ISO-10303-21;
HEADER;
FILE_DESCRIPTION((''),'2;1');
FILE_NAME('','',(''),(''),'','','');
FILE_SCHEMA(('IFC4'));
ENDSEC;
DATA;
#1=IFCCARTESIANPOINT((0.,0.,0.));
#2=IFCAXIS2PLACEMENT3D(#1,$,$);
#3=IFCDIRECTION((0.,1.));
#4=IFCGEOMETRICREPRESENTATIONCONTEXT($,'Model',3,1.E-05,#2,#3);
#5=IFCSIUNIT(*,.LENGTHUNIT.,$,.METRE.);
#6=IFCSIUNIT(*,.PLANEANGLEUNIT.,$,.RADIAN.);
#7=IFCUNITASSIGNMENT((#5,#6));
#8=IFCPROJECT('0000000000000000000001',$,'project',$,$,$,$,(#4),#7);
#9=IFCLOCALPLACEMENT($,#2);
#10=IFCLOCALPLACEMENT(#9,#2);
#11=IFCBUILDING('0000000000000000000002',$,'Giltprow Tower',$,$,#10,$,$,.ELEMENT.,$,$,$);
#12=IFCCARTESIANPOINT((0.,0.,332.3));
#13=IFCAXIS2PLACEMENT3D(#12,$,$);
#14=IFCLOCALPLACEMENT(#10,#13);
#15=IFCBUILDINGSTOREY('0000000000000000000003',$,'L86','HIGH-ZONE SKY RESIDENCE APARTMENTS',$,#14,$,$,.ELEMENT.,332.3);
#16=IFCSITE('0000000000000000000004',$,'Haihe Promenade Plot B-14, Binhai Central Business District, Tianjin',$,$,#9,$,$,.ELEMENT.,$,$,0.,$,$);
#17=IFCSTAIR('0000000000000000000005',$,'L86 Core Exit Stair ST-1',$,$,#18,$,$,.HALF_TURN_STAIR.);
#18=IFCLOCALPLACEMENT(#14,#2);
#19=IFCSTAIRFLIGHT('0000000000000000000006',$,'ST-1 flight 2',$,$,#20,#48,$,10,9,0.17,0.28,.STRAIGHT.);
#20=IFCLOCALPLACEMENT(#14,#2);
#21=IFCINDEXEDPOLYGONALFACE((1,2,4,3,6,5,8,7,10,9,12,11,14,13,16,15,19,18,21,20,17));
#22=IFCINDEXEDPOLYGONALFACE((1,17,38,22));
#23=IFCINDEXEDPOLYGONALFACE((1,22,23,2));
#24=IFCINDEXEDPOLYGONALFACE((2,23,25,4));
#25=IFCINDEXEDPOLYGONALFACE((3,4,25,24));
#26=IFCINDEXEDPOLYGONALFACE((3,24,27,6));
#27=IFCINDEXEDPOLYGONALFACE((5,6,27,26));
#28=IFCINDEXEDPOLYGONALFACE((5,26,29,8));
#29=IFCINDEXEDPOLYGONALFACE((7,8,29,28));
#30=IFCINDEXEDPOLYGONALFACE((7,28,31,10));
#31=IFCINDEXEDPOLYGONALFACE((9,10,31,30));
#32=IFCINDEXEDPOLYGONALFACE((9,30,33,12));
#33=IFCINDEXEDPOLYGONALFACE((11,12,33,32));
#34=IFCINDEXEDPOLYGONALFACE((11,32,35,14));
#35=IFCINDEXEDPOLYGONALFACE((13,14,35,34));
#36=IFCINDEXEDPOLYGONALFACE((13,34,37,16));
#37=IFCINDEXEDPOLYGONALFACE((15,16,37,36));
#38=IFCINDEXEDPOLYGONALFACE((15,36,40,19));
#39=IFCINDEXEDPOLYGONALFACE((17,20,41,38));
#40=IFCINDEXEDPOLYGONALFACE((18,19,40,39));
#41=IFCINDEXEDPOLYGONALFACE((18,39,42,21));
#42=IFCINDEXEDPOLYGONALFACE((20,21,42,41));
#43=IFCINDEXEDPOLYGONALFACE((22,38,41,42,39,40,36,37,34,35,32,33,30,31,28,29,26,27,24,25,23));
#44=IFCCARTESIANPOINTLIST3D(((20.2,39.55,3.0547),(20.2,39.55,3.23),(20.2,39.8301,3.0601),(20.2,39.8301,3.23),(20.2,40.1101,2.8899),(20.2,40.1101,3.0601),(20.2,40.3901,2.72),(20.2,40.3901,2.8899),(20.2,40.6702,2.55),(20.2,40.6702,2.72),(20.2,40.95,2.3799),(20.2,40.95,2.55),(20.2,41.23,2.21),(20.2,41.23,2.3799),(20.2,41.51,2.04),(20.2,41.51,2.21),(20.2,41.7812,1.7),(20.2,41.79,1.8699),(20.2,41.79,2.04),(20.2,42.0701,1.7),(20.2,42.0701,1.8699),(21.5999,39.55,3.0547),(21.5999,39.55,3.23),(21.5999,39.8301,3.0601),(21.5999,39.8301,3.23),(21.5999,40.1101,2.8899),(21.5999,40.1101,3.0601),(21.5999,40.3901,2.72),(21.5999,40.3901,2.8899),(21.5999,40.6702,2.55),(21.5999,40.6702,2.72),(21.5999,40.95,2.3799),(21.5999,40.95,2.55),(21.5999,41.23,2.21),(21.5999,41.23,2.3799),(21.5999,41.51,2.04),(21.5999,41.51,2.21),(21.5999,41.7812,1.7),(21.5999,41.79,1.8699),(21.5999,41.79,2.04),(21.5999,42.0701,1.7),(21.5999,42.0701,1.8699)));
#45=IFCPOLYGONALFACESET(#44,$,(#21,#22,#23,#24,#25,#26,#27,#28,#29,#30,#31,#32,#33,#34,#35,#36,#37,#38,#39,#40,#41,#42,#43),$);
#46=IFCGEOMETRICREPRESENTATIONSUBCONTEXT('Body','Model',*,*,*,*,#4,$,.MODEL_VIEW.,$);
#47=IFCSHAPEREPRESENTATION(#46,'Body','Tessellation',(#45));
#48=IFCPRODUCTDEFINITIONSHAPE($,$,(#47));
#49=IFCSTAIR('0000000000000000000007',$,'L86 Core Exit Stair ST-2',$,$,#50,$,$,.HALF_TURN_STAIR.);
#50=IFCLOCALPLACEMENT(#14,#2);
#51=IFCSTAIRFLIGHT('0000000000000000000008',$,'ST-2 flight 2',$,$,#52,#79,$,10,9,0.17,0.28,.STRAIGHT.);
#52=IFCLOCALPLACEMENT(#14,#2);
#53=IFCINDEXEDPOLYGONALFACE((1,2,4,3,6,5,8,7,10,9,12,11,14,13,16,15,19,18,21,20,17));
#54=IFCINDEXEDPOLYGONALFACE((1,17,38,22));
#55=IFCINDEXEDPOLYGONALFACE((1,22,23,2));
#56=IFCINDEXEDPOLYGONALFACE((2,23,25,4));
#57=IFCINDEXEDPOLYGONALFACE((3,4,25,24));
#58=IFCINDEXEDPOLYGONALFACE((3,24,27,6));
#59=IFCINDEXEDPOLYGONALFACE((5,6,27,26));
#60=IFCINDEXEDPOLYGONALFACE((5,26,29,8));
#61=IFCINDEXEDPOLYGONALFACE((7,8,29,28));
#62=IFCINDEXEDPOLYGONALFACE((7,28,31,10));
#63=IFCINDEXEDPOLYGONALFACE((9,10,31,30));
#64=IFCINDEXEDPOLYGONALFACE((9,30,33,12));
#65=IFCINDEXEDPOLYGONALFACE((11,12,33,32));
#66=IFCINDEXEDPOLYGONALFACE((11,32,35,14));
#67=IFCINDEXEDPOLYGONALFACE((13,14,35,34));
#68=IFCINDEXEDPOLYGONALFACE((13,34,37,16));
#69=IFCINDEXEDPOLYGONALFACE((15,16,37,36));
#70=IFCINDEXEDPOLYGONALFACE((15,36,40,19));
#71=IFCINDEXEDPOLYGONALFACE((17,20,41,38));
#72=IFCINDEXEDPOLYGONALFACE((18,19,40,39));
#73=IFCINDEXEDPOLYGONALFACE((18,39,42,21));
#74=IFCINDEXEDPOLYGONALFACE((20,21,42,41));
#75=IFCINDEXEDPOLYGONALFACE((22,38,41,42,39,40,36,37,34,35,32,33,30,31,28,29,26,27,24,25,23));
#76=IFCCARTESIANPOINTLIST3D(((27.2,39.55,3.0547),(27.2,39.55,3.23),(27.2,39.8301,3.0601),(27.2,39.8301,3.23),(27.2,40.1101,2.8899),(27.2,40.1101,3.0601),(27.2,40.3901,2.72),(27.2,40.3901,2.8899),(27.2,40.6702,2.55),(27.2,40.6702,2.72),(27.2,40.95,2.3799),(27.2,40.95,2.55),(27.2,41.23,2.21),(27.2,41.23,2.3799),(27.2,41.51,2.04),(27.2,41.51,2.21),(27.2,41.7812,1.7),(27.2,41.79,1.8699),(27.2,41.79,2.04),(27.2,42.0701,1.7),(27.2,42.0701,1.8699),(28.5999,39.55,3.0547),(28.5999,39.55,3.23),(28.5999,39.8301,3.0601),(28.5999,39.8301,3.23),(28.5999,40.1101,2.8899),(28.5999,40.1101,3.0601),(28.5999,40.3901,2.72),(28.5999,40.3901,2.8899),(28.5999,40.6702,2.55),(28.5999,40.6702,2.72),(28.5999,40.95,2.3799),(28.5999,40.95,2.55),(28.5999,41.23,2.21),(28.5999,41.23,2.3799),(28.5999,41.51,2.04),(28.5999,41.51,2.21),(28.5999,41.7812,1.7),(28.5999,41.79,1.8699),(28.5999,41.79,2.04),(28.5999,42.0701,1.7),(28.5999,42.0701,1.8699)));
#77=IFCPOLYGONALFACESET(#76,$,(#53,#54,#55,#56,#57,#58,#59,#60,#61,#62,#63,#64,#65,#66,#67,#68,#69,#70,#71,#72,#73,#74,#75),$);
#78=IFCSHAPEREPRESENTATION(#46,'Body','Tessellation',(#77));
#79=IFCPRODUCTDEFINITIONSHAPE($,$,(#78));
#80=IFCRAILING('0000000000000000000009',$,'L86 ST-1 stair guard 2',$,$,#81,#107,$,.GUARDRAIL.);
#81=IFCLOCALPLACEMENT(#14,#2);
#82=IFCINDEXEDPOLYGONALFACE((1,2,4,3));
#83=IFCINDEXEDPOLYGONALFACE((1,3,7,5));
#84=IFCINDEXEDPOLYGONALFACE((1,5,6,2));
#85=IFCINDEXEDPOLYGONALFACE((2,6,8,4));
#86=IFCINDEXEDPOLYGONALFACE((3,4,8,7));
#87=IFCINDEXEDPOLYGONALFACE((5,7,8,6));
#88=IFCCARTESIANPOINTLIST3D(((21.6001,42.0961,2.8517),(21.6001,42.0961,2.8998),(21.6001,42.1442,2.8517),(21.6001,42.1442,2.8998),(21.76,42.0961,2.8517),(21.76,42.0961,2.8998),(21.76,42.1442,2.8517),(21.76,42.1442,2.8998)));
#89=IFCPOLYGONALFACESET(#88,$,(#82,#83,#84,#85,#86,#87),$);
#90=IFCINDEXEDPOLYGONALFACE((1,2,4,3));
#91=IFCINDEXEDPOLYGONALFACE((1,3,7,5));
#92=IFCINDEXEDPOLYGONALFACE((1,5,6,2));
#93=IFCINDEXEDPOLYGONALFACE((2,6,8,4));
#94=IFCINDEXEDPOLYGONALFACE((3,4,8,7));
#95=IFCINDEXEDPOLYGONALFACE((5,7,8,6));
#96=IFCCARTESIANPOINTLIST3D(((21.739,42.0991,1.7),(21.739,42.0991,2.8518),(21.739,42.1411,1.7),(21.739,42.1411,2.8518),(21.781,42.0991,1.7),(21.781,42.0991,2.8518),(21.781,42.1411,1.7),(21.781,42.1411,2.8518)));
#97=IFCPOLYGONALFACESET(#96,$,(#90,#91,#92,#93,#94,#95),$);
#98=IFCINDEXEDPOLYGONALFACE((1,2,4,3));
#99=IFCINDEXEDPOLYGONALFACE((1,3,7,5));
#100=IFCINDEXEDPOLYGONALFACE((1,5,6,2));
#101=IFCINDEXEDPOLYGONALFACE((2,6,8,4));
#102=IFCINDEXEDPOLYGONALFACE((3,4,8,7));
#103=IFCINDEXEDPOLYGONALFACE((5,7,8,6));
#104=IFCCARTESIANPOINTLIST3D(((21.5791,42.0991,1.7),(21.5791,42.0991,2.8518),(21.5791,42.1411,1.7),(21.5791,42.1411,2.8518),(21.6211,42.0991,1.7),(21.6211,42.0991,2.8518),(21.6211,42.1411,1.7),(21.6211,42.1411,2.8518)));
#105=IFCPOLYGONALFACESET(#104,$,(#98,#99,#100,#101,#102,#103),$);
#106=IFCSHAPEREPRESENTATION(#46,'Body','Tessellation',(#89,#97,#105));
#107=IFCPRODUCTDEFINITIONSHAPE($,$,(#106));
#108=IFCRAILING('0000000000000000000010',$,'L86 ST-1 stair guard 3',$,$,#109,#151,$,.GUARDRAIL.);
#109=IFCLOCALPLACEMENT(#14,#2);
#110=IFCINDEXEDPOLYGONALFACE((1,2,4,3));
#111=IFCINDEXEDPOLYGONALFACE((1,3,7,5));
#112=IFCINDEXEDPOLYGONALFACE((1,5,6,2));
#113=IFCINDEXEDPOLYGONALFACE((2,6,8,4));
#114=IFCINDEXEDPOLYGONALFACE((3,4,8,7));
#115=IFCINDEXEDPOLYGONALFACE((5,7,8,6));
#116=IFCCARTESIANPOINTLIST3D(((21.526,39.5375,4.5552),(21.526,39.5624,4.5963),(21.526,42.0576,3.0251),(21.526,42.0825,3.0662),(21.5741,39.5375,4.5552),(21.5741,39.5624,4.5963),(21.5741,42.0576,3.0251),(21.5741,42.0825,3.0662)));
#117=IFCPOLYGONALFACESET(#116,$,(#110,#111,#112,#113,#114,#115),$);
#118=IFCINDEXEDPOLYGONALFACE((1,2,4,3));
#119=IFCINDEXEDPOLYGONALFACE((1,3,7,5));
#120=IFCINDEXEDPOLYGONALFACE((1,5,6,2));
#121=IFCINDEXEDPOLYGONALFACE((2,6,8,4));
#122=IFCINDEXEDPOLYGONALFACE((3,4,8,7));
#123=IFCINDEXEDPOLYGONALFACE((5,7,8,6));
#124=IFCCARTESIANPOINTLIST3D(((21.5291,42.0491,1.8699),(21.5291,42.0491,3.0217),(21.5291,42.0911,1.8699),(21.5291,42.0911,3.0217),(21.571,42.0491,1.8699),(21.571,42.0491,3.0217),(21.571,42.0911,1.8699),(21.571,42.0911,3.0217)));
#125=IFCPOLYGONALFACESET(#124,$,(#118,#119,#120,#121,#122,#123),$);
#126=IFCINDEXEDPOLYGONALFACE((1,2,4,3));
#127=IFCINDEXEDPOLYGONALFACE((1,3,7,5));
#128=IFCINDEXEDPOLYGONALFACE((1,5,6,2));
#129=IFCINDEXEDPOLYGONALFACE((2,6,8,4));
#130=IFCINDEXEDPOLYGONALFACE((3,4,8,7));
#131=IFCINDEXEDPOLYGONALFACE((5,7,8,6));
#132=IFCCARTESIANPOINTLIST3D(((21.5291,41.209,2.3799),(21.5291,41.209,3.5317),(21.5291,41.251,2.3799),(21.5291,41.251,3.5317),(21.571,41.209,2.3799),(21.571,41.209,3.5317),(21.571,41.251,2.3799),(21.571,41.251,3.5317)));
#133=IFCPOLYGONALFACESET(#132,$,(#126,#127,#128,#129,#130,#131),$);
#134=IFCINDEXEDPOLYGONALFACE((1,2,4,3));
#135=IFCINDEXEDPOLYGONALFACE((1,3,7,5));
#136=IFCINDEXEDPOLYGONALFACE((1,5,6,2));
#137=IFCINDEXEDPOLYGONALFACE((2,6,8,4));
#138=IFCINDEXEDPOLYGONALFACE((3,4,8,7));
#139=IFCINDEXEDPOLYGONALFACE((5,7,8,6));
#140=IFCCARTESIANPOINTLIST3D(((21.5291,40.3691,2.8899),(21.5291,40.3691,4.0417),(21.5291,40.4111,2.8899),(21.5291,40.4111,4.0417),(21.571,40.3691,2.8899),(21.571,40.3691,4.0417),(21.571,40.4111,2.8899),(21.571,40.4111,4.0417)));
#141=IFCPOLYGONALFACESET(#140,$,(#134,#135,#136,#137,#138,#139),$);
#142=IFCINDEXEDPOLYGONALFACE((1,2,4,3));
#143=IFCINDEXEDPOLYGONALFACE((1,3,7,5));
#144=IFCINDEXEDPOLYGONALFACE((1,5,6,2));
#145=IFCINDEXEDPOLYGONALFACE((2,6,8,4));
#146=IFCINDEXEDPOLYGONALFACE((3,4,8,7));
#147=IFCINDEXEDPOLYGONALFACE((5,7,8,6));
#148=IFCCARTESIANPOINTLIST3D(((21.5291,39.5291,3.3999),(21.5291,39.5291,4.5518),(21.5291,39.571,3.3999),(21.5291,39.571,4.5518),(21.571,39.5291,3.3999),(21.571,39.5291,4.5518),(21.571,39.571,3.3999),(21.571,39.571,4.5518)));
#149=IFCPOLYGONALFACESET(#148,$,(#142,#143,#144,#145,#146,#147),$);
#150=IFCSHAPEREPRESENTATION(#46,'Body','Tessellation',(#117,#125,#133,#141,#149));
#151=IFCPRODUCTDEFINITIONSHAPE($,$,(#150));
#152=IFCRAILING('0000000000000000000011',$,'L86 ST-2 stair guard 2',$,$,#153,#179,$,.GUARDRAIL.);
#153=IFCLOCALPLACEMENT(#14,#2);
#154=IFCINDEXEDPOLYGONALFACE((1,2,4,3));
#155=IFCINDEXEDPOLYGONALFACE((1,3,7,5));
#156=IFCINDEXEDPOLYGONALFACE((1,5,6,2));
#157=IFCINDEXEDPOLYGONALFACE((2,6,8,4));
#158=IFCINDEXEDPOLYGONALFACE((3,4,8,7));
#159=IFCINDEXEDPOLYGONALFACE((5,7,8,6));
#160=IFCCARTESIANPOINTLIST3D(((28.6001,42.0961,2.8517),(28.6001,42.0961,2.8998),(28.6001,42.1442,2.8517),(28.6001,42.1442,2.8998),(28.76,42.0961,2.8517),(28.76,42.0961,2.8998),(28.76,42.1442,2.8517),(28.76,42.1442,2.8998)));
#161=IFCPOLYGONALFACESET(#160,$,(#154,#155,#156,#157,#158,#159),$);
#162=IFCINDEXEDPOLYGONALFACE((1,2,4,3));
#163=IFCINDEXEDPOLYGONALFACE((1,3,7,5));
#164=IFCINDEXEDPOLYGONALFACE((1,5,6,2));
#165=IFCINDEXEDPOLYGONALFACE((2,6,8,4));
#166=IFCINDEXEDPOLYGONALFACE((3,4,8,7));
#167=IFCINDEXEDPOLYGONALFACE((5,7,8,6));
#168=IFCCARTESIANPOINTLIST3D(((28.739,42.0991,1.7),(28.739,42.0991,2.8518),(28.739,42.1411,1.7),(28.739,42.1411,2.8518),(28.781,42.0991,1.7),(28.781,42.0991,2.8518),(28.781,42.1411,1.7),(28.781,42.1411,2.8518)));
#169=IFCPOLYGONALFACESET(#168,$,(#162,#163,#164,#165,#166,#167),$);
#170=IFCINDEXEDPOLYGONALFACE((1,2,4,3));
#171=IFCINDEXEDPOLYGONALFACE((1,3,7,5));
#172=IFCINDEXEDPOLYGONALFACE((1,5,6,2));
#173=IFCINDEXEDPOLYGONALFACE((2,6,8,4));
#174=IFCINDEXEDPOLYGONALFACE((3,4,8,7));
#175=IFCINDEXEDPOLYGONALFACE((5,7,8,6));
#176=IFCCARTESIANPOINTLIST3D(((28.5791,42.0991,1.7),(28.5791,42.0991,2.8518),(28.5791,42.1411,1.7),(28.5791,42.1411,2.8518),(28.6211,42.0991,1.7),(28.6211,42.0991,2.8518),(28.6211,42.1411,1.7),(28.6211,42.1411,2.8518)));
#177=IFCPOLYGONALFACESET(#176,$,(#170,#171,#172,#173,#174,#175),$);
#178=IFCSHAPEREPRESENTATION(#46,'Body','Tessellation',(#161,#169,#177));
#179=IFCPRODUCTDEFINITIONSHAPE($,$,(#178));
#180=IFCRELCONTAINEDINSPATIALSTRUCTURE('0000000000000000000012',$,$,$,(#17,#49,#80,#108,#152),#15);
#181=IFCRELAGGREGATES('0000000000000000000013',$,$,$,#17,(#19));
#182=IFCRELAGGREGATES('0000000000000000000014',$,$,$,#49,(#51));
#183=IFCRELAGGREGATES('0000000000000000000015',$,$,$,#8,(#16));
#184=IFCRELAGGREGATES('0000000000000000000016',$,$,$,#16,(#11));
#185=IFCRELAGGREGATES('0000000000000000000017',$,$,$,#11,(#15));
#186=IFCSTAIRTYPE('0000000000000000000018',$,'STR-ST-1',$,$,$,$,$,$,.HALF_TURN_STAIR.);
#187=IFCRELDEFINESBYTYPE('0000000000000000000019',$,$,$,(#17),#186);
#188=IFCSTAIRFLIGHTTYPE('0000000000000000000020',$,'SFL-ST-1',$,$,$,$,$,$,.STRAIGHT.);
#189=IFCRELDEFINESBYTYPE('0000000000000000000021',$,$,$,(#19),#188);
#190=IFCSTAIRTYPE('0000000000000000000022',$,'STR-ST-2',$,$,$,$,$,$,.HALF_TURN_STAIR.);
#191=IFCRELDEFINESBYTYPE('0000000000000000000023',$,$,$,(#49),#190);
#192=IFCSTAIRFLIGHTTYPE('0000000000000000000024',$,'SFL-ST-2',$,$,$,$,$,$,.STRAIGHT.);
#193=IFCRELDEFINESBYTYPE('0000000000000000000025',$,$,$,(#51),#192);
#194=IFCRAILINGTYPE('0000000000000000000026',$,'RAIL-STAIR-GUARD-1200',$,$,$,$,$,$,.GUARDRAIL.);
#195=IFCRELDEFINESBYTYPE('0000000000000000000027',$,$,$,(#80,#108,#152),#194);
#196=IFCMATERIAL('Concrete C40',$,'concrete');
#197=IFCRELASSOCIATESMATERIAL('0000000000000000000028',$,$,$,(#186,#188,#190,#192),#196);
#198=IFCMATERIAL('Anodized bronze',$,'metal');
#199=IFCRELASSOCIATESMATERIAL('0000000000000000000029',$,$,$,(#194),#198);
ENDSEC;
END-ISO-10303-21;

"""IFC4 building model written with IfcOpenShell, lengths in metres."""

from ifc_helpers import new_model, si_unit, direction, frame, origin, origin_2d, place, context, subcontext, project, spatial, polyline, rectangle, outline, extrude, material, type_object, element, aggregate, save


model = new_model("IFC4")

# Units and contexts
model_context = context("Model", 3, precision=1e-05, world=origin(), true_north=direction((0.0, 1.0)))
body_context = subcontext(model_context, "Body", "Model", "MODEL_VIEW")
ifc_project = project(units=[si_unit("LENGTHUNIT", "METRE"), si_unit("PLANEANGLEUNIT", "RADIAN")], contexts=[model_context])

# Site, building, storey
site_placement = place(None, origin())
site = spatial("IfcSite", under=ifc_project, at=site_placement, Name="Haihe Promenade Plot B-14, Binhai Central Business District, Tianjin", CompositionType="ELEMENT", RefElevation=0.0)
building_placement = place(site_placement, origin())
building = spatial("IfcBuilding", under=site, at=building_placement, Name="Giltprow Tower", CompositionType="ELEMENT")
storey_placement = place(building_placement, frame((0.0, 0.0, 332.3)))
storey = spatial("IfcBuildingStorey", under=building, at=storey_placement, Name="L86", Description="HIGH-ZONE SKY RESIDENCE APARTMENTS", CompositionType="ELEMENT", Elevation=332.3)

# Shared definitions
ifc_material_1 = material(Name="Concrete C40", Category="concrete")

# Stairs, stair flights
stair_type_1 = type_object("IfcStairType", Name="STR-ST-1", PredefinedType="HALF_TURN_STAIR", material=ifc_material_1)
stair_1_placement = place(storey_placement, origin())
stair_1 = element("IfcStair", 1, at=stair_1_placement, inside=storey, type_object=stair_type_1, Name="L86 Core Exit Stair ST-1", PredefinedType="HALF_TURN_STAIR")
stair_flight_type_1 = type_object("IfcStairFlightType", Name="SFL-ST-1", PredefinedType="STRAIGHT", material=ifc_material_1)
stair_flight_1_placement = place(storey_placement, frame((20.8999, 42.0701, 1.7), z_axis=(0.0, 0.0, 1.0), x_axis=(0.0, -1.0, 0.0)))
stair_flight_1 = element("IfcStairFlight", 2, at=stair_flight_1_placement, type_object=stair_flight_type_1, Name="ST-1 flight 2", NumberOfRisers=10, NumberOfTreads=9, PredefinedType="STRAIGHT", RiserHeight=0.17, TreadLength=0.28, context=body_context, shape_type="SweptSolid", body=[
    extrude(outline(polyline([(0.0, 0.0), (0.0, 0.1699), (0.28, 0.1699), (0.28, 0.3401), (0.5601, 0.3401), (0.5601, 0.51), (0.8401, 0.51), (0.8401, 0.6799), (1.1201, 0.6799), (1.1201, 0.8501), (1.3999, 0.8501), (1.3999, 1.02), (1.6799, 1.02), (1.6799, 1.1899), (1.96, 1.1899), (1.96, 1.3601), (2.24, 1.3601), (2.24, 1.53), (2.52, 1.53), (2.52, 1.7), (2.52, 1.3547), (0.2888, 0.0), (0.0, 0.0)])), frame((0.0, 0.7, 0.0), z_axis=(0.0, -1.0, 0.0), x_axis=(1.0, 0.0, 0.0)), (0.0, 0.0, 1.0), 1.3999),
])
aggregate(stair_1, [stair_flight_1])
stair_type_2 = type_object("IfcStairType", Name="STR-ST-2", PredefinedType="HALF_TURN_STAIR", material=ifc_material_1)
stair_2_placement = place(storey_placement, origin())
stair_2 = element("IfcStair", 3, at=stair_2_placement, inside=storey, type_object=stair_type_2, Name="L86 Core Exit Stair ST-2", PredefinedType="HALF_TURN_STAIR")
stair_flight_type_2 = type_object("IfcStairFlightType", Name="SFL-ST-2", PredefinedType="STRAIGHT", material=ifc_material_1)
stair_flight_2_placement = place(storey_placement, frame((27.8999, 42.0701, 1.7), z_axis=(0.0, 0.0, 1.0), x_axis=(0.0, -1.0, 0.0)))
stair_flight_2 = element("IfcStairFlight", 4, at=stair_flight_2_placement, type_object=stair_flight_type_2, Name="ST-2 flight 2", NumberOfRisers=10, NumberOfTreads=9, PredefinedType="STRAIGHT", RiserHeight=0.17, TreadLength=0.28, context=body_context, shape_type="SweptSolid", body=[
    extrude(outline(polyline([(0.0, 0.0), (0.0, 0.1699), (0.28, 0.1699), (0.28, 0.3401), (0.5601, 0.3401), (0.5601, 0.51), (0.8401, 0.51), (0.8401, 0.6799), (1.1201, 0.6799), (1.1201, 0.8501), (1.3999, 0.8501), (1.3999, 1.02), (1.6799, 1.02), (1.6799, 1.1899), (1.96, 1.1899), (1.96, 1.3601), (2.24, 1.3601), (2.24, 1.53), (2.52, 1.53), (2.52, 1.7), (2.52, 1.3547), (0.2888, 0.0), (0.0, 0.0)])), frame((0.0, 0.7, 0.0), z_axis=(0.0, -1.0, 0.0), x_axis=(1.0, 0.0, 0.0)), (0.0, 0.0, 1.0), 1.3999),
])
aggregate(stair_2, [stair_flight_2])

# Railings
ifc_material_2 = material(Name="Anodized bronze", Category="metal")
railing_type_1 = type_object("IfcRailingType", Name="RAIL-STAIR-GUARD-1200", PredefinedType="GUARDRAIL", material=ifc_material_2)
railing_1_placement = place(storey_placement, frame((21.76, 42.1201, 1.7)))
element("IfcRailing", 5, at=railing_1_placement, inside=storey, type_object=railing_type_1, Name="L86 ST-1 stair guard 2", PredefinedType="GUARDRAIL", context=body_context, shape_type="SweptSolid", body=[
    extrude(rectangle(XDim=0.0481, YDim=0.0481, at=origin_2d()), frame((0.0, 0.0, 1.1758), z_axis=(-1.0, 0.0, 0.0), x_axis=(0.0, -1.0, 0.0)), (0.0, 0.0, 1.0), 0.1599),
    extrude(rectangle(XDim=0.042, YDim=0.042, at=origin_2d()), origin(), (0.0, 0.0, 1.0), 1.1519),
    extrude(rectangle(XDim=0.042, YDim=0.042, at=origin_2d()), frame((-0.1599, 0.0, 0.0)), (0.0, 0.0, 1.0), 1.1519),
])
railing_2_placement = place(storey_placement, frame((21.55, 42.0701, 1.8699)))
element("IfcRailing", 6, at=railing_2_placement, inside=storey, type_object=railing_type_1, Name="L86 ST-1 stair guard 3", PredefinedType="GUARDRAIL", context=body_context, shape_type="SweptSolid", body=[
    extrude(rectangle(XDim=0.0481, YDim=0.0481, at=origin_2d()), frame((0.0, 0.0, 1.1758), z_axis=(0.0, -0.854785, 0.518982), x_axis=(1.0, 0.0, 0.0)), (0.0, 0.0, 1.0), 2.9482),
    extrude(rectangle(XDim=0.042, YDim=0.042, at=origin_2d()), origin(), (0.0, 0.0, 1.0), 1.1519),
    extrude(rectangle(XDim=0.042, YDim=0.042, at=origin_2d()), frame((0.0, -0.8401, 0.51)), (0.0, 0.0, 1.0), 1.1519),
    extrude(rectangle(XDim=0.042, YDim=0.042, at=origin_2d()), frame((0.0, -1.6799, 1.02)), (0.0, 0.0, 1.0), 1.1519),
    extrude(rectangle(XDim=0.042, YDim=0.042, at=origin_2d()), frame((0.0, -2.52, 1.53)), (0.0, 0.0, 1.0), 1.1519),
])
railing_3_placement = place(storey_placement, frame((28.76, 42.1201, 1.7)))
element("IfcRailing", 7, at=railing_3_placement, inside=storey, type_object=railing_type_1, Name="L86 ST-2 stair guard 2", PredefinedType="GUARDRAIL", context=body_context, shape_type="SweptSolid", body=[
    extrude(rectangle(XDim=0.0481, YDim=0.0481, at=origin_2d()), frame((0.0, 0.0, 1.1758), z_axis=(-1.0, 0.0, 0.0), x_axis=(0.0, -1.0, 0.0)), (0.0, 0.0, 1.0), 0.1599),
    extrude(rectangle(XDim=0.042, YDim=0.042, at=origin_2d()), origin(), (0.0, 0.0, 1.0), 1.1519),
    extrude(rectangle(XDim=0.042, YDim=0.042, at=origin_2d()), frame((-0.1599, 0.0, 0.0)), (0.0, 0.0, 1.0), 1.1519),
])

save(model, "model.ifc")
